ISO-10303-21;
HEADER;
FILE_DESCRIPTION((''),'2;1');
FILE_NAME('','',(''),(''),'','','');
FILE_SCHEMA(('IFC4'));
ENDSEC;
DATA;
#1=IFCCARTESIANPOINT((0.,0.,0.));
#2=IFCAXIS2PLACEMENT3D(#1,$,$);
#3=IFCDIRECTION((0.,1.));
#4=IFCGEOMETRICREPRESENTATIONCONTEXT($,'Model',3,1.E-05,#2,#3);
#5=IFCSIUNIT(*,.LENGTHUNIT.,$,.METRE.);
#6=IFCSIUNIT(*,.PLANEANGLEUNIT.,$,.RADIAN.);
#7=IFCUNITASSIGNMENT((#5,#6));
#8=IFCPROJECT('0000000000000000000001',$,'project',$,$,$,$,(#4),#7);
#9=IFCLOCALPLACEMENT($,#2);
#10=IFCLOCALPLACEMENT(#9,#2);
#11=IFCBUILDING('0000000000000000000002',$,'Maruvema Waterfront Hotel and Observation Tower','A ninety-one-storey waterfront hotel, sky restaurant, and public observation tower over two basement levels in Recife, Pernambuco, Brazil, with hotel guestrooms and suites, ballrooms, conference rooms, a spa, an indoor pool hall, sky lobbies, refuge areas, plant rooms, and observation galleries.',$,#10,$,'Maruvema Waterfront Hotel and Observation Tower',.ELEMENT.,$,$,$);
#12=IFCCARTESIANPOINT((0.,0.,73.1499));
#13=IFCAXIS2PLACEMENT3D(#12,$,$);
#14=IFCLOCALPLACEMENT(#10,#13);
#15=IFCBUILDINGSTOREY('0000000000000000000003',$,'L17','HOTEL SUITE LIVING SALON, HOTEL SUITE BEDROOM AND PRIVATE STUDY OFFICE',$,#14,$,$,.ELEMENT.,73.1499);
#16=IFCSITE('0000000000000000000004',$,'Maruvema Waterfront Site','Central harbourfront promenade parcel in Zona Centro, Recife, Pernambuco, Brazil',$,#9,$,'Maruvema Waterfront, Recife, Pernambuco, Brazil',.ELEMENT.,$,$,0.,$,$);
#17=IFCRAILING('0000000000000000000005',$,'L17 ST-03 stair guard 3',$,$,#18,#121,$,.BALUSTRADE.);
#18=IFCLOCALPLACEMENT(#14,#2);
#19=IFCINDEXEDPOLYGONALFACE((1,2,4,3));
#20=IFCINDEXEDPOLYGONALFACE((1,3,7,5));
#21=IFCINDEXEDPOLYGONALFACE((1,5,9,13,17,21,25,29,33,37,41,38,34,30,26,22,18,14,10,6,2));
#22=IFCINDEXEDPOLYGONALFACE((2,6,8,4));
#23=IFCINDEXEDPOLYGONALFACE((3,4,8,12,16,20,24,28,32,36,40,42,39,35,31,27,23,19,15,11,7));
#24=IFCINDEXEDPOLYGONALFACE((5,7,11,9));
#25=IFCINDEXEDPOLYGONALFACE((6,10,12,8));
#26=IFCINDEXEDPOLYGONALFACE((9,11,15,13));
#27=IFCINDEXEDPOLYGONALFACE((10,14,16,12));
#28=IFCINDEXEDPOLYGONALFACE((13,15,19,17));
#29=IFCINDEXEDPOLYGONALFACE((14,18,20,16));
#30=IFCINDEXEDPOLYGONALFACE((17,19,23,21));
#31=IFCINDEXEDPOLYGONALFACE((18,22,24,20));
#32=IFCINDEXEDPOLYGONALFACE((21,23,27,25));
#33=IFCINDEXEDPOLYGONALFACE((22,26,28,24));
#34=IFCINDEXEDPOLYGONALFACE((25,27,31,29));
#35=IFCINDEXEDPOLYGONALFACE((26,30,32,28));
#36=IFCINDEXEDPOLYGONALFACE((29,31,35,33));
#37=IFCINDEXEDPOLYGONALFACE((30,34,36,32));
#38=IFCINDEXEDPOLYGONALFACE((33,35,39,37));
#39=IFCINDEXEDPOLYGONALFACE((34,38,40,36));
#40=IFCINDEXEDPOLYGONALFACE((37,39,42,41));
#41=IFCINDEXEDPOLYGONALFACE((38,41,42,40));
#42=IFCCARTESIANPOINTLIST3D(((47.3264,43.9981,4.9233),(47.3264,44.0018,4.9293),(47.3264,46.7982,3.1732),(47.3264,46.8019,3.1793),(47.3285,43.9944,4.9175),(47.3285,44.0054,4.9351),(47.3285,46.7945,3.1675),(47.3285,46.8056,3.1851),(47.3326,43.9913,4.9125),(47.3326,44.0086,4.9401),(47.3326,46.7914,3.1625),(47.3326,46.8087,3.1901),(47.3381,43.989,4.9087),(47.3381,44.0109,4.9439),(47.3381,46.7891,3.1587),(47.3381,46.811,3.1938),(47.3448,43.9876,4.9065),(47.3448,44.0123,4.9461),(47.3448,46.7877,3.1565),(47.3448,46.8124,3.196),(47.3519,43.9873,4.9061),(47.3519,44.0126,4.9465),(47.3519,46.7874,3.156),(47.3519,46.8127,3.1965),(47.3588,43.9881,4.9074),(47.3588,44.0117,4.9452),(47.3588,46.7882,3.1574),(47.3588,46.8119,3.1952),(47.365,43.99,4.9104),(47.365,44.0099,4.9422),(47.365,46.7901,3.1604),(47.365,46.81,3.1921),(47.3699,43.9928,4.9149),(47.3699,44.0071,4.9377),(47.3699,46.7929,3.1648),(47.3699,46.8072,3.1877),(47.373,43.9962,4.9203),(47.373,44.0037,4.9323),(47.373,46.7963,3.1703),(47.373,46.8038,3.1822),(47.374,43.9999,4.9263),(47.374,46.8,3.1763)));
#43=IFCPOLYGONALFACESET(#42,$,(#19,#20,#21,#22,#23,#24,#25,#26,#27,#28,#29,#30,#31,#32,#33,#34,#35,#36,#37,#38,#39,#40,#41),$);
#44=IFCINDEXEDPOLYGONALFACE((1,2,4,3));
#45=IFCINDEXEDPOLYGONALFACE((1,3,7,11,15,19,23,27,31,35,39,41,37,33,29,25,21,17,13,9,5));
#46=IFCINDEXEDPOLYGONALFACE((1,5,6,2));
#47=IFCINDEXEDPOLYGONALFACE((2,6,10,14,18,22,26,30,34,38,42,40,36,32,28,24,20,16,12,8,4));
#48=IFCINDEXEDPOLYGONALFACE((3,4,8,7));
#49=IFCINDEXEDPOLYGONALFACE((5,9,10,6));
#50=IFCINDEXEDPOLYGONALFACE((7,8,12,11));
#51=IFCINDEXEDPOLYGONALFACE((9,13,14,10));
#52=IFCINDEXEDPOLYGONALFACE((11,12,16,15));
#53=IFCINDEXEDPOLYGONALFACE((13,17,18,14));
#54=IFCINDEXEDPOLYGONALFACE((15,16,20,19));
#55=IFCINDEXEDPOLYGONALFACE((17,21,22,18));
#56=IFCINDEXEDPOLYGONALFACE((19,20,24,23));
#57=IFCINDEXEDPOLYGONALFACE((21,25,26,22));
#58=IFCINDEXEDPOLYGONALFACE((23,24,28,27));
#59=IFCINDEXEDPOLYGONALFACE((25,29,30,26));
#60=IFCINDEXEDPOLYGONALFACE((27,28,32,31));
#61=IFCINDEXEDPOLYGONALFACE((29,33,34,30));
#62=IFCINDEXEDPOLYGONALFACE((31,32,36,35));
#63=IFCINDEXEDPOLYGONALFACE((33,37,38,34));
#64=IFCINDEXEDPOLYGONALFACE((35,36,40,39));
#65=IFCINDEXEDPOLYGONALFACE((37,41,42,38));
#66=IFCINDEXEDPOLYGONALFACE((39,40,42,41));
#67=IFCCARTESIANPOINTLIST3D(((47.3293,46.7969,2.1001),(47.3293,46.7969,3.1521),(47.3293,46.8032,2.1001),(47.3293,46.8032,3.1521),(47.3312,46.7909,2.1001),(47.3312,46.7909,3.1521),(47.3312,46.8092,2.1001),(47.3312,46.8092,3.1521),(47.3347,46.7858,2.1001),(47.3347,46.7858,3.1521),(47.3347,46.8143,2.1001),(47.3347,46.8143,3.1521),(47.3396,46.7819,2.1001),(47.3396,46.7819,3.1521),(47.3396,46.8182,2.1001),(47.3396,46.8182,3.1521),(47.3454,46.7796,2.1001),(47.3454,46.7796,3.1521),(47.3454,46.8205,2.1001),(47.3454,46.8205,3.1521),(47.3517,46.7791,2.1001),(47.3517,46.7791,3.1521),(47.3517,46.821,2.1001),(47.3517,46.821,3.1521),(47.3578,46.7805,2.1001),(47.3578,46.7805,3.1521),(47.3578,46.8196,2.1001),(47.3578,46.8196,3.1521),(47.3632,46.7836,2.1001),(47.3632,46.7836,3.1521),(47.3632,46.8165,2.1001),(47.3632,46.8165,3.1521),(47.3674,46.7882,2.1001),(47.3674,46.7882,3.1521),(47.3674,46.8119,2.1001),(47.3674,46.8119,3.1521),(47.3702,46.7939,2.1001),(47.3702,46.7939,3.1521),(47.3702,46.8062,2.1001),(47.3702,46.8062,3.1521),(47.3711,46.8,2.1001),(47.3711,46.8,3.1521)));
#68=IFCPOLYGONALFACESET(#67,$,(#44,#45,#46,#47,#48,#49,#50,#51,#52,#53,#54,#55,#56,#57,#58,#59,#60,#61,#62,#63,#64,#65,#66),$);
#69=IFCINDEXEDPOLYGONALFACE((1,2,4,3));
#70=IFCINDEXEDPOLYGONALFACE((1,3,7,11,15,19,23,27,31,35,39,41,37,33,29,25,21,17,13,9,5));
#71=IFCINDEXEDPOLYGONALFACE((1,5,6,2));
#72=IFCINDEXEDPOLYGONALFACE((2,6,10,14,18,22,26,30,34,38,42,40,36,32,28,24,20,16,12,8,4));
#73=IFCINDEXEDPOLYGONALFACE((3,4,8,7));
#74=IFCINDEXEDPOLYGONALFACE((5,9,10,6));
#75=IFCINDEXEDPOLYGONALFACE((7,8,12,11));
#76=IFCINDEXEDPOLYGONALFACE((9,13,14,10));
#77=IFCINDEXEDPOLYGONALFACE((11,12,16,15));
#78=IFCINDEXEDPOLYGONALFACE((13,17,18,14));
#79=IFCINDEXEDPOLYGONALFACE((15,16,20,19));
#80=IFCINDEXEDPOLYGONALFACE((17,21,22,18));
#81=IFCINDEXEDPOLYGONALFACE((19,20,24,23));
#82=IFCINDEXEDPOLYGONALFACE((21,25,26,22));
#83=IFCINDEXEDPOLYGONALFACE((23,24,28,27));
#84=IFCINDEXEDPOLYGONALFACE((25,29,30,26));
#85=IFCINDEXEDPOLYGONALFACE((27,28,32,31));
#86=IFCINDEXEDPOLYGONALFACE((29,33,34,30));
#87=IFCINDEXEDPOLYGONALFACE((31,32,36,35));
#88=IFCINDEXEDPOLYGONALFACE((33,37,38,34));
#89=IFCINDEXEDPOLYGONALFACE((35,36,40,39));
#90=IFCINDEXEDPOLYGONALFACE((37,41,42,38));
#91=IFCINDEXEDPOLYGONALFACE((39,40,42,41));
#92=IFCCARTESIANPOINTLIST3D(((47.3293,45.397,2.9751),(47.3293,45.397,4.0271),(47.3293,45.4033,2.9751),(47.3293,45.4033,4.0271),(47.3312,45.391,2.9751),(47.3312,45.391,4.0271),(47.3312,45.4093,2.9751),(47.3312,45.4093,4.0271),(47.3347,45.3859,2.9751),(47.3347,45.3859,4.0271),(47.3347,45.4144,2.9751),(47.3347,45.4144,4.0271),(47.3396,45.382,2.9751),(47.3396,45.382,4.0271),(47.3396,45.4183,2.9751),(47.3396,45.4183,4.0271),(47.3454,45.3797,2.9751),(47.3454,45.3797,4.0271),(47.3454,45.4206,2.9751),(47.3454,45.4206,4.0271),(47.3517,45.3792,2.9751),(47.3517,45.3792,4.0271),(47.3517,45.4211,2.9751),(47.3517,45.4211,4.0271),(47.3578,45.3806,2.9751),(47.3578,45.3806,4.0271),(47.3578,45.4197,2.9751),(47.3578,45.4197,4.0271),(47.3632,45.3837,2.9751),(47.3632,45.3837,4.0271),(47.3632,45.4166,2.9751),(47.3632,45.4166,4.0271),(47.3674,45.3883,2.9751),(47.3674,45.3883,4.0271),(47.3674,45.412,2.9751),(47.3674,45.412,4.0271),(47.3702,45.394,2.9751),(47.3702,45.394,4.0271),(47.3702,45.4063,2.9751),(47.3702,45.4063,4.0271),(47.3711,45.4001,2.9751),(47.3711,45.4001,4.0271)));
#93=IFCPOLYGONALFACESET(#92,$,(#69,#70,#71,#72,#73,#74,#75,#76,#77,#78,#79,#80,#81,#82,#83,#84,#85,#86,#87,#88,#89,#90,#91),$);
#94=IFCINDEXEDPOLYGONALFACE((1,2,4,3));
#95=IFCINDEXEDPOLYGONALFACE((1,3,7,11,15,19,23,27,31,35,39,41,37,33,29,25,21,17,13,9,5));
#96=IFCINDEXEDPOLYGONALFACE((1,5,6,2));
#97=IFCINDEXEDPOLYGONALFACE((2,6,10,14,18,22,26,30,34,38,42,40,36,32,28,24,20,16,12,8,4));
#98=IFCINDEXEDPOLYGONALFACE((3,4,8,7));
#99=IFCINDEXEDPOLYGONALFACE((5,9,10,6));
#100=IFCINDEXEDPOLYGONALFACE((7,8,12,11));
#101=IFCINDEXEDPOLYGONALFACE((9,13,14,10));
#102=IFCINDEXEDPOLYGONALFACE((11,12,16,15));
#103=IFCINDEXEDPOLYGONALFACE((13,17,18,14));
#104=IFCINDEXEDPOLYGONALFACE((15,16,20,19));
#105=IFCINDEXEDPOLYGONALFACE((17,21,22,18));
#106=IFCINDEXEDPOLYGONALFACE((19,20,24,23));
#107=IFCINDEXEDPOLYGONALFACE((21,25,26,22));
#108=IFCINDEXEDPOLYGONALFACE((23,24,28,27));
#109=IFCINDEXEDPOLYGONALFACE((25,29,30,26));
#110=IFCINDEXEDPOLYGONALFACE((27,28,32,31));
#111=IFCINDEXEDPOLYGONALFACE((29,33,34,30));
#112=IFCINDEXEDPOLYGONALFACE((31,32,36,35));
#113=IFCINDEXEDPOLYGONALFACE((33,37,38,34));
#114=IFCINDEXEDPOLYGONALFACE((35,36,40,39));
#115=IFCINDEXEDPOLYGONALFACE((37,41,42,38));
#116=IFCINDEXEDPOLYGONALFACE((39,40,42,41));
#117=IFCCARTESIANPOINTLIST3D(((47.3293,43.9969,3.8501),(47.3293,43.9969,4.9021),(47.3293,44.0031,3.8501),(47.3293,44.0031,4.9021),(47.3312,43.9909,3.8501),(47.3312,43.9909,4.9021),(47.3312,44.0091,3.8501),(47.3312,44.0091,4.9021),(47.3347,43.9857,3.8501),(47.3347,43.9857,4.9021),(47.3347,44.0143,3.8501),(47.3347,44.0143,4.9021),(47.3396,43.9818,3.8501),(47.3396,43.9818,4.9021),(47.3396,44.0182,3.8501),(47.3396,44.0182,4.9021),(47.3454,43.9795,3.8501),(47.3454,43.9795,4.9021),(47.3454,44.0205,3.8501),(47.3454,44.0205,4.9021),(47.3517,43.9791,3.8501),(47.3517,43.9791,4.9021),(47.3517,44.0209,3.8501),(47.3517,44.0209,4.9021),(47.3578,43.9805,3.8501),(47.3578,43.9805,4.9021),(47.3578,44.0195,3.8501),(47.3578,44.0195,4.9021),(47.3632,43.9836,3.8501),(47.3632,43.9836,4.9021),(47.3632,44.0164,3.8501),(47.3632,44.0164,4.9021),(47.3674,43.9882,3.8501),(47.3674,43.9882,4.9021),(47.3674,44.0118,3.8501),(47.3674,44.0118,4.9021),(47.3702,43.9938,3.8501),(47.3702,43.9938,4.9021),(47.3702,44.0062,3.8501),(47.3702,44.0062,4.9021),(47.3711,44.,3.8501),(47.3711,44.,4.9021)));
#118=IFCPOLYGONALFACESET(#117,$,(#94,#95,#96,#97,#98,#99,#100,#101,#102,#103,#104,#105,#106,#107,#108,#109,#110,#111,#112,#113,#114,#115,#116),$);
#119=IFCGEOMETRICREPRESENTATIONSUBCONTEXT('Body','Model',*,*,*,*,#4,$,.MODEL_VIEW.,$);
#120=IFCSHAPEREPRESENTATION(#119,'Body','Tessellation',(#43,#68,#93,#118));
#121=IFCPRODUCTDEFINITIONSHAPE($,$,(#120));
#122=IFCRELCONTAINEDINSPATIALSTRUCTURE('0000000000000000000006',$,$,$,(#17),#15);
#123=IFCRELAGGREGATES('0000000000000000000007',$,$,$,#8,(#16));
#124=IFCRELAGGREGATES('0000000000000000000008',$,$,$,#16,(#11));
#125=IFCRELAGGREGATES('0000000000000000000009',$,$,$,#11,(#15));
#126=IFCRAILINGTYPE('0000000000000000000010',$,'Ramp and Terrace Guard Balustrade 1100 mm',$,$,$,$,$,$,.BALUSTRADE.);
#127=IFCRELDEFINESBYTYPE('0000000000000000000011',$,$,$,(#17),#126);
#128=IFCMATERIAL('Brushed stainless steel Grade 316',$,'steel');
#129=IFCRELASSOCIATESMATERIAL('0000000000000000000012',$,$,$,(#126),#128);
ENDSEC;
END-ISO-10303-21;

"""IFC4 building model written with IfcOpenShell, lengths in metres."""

from ifc_helpers import new_model, si_unit, direction, frame, origin, origin_2d, place, context, subcontext, project, spatial, circle, extrude, material, type_object, element, save


model = new_model("IFC4")

# Units and contexts
model_context = context("Model", 3, precision=1e-05, world=origin(), true_north=direction((0.0, 1.0)))
body_context = subcontext(model_context, "Body", "Model", "MODEL_VIEW")
ifc_project = project(units=[si_unit("LENGTHUNIT", "METRE"), si_unit("PLANEANGLEUNIT", "RADIAN")], contexts=[model_context])

# Site, building, storey
site_placement = place(None, origin())
site = spatial("IfcSite", under=ifc_project, at=site_placement, Name="Maruvema Waterfront Site", Description="Central harbourfront promenade parcel in Zona Centro, Recife, Pernambuco, Brazil", LongName="Maruvema Waterfront, Recife, Pernambuco, Brazil", CompositionType="ELEMENT", RefElevation=0.0)
building_placement = place(site_placement, origin())
building = spatial("IfcBuilding", under=site, at=building_placement, Name="Maruvema Waterfront Hotel and Observation Tower", Description="A ninety-one-storey waterfront hotel, sky restaurant, and public observation tower over two basement levels in Recife, Pernambuco, Brazil, with hotel guestrooms and suites, ballrooms, conference rooms, a spa, an indoor pool hall, sky lobbies, refuge areas, plant rooms, and observation galleries.", LongName="Maruvema Waterfront Hotel and Observation Tower", CompositionType="ELEMENT")
storey_placement = place(building_placement, frame((0.0, 0.0, 73.1499)))
storey = spatial("IfcBuildingStorey", under=building, at=storey_placement, Name="L17", Description="HOTEL SUITE LIVING SALON, HOTEL SUITE BEDROOM AND PRIVATE STUDY OFFICE", CompositionType="ELEMENT", Elevation=73.1499)

# Railing
ifc_material_1 = material(Name="Brushed stainless steel Grade 316", Category="steel")
railing_type_1 = type_object("IfcRailingType", Name="Ramp and Terrace Guard Balustrade 1100 mm", PredefinedType="BALUSTRADE", material=ifc_material_1)
railing_1_placement = place(storey_placement, frame((47.3501, 46.8, 2.1001)))
element("IfcRailing", 1, at=railing_1_placement, inside=storey, type_object=railing_type_1, Name="L17 ST-03 stair guard 3", PredefinedType="BALUSTRADE", context=body_context, shape_type="SweptSolid", body=[
    extrude(circle(Radius=0.0239, at=origin_2d()), frame((0.0, 0.0, 1.0762), z_axis=(0.0, -0.848002, 0.529992), x_axis=(1.0, 0.0, 0.0)), (0.0, 0.0, 1.0), 3.302),
    extrude(circle(Radius=0.021, at=origin_2d()), origin(), (0.0, 0.0, 1.0), 1.052),
    extrude(circle(Radius=0.021, at=origin_2d()), frame((0.0, -1.3999, 0.875)), (0.0, 0.0, 1.0), 1.052),
    extrude(circle(Radius=0.021, at=origin_2d()), frame((0.0, -2.8, 1.75)), (0.0, 0.0, 1.0), 1.052),
])

save(model, "model.ifc")
